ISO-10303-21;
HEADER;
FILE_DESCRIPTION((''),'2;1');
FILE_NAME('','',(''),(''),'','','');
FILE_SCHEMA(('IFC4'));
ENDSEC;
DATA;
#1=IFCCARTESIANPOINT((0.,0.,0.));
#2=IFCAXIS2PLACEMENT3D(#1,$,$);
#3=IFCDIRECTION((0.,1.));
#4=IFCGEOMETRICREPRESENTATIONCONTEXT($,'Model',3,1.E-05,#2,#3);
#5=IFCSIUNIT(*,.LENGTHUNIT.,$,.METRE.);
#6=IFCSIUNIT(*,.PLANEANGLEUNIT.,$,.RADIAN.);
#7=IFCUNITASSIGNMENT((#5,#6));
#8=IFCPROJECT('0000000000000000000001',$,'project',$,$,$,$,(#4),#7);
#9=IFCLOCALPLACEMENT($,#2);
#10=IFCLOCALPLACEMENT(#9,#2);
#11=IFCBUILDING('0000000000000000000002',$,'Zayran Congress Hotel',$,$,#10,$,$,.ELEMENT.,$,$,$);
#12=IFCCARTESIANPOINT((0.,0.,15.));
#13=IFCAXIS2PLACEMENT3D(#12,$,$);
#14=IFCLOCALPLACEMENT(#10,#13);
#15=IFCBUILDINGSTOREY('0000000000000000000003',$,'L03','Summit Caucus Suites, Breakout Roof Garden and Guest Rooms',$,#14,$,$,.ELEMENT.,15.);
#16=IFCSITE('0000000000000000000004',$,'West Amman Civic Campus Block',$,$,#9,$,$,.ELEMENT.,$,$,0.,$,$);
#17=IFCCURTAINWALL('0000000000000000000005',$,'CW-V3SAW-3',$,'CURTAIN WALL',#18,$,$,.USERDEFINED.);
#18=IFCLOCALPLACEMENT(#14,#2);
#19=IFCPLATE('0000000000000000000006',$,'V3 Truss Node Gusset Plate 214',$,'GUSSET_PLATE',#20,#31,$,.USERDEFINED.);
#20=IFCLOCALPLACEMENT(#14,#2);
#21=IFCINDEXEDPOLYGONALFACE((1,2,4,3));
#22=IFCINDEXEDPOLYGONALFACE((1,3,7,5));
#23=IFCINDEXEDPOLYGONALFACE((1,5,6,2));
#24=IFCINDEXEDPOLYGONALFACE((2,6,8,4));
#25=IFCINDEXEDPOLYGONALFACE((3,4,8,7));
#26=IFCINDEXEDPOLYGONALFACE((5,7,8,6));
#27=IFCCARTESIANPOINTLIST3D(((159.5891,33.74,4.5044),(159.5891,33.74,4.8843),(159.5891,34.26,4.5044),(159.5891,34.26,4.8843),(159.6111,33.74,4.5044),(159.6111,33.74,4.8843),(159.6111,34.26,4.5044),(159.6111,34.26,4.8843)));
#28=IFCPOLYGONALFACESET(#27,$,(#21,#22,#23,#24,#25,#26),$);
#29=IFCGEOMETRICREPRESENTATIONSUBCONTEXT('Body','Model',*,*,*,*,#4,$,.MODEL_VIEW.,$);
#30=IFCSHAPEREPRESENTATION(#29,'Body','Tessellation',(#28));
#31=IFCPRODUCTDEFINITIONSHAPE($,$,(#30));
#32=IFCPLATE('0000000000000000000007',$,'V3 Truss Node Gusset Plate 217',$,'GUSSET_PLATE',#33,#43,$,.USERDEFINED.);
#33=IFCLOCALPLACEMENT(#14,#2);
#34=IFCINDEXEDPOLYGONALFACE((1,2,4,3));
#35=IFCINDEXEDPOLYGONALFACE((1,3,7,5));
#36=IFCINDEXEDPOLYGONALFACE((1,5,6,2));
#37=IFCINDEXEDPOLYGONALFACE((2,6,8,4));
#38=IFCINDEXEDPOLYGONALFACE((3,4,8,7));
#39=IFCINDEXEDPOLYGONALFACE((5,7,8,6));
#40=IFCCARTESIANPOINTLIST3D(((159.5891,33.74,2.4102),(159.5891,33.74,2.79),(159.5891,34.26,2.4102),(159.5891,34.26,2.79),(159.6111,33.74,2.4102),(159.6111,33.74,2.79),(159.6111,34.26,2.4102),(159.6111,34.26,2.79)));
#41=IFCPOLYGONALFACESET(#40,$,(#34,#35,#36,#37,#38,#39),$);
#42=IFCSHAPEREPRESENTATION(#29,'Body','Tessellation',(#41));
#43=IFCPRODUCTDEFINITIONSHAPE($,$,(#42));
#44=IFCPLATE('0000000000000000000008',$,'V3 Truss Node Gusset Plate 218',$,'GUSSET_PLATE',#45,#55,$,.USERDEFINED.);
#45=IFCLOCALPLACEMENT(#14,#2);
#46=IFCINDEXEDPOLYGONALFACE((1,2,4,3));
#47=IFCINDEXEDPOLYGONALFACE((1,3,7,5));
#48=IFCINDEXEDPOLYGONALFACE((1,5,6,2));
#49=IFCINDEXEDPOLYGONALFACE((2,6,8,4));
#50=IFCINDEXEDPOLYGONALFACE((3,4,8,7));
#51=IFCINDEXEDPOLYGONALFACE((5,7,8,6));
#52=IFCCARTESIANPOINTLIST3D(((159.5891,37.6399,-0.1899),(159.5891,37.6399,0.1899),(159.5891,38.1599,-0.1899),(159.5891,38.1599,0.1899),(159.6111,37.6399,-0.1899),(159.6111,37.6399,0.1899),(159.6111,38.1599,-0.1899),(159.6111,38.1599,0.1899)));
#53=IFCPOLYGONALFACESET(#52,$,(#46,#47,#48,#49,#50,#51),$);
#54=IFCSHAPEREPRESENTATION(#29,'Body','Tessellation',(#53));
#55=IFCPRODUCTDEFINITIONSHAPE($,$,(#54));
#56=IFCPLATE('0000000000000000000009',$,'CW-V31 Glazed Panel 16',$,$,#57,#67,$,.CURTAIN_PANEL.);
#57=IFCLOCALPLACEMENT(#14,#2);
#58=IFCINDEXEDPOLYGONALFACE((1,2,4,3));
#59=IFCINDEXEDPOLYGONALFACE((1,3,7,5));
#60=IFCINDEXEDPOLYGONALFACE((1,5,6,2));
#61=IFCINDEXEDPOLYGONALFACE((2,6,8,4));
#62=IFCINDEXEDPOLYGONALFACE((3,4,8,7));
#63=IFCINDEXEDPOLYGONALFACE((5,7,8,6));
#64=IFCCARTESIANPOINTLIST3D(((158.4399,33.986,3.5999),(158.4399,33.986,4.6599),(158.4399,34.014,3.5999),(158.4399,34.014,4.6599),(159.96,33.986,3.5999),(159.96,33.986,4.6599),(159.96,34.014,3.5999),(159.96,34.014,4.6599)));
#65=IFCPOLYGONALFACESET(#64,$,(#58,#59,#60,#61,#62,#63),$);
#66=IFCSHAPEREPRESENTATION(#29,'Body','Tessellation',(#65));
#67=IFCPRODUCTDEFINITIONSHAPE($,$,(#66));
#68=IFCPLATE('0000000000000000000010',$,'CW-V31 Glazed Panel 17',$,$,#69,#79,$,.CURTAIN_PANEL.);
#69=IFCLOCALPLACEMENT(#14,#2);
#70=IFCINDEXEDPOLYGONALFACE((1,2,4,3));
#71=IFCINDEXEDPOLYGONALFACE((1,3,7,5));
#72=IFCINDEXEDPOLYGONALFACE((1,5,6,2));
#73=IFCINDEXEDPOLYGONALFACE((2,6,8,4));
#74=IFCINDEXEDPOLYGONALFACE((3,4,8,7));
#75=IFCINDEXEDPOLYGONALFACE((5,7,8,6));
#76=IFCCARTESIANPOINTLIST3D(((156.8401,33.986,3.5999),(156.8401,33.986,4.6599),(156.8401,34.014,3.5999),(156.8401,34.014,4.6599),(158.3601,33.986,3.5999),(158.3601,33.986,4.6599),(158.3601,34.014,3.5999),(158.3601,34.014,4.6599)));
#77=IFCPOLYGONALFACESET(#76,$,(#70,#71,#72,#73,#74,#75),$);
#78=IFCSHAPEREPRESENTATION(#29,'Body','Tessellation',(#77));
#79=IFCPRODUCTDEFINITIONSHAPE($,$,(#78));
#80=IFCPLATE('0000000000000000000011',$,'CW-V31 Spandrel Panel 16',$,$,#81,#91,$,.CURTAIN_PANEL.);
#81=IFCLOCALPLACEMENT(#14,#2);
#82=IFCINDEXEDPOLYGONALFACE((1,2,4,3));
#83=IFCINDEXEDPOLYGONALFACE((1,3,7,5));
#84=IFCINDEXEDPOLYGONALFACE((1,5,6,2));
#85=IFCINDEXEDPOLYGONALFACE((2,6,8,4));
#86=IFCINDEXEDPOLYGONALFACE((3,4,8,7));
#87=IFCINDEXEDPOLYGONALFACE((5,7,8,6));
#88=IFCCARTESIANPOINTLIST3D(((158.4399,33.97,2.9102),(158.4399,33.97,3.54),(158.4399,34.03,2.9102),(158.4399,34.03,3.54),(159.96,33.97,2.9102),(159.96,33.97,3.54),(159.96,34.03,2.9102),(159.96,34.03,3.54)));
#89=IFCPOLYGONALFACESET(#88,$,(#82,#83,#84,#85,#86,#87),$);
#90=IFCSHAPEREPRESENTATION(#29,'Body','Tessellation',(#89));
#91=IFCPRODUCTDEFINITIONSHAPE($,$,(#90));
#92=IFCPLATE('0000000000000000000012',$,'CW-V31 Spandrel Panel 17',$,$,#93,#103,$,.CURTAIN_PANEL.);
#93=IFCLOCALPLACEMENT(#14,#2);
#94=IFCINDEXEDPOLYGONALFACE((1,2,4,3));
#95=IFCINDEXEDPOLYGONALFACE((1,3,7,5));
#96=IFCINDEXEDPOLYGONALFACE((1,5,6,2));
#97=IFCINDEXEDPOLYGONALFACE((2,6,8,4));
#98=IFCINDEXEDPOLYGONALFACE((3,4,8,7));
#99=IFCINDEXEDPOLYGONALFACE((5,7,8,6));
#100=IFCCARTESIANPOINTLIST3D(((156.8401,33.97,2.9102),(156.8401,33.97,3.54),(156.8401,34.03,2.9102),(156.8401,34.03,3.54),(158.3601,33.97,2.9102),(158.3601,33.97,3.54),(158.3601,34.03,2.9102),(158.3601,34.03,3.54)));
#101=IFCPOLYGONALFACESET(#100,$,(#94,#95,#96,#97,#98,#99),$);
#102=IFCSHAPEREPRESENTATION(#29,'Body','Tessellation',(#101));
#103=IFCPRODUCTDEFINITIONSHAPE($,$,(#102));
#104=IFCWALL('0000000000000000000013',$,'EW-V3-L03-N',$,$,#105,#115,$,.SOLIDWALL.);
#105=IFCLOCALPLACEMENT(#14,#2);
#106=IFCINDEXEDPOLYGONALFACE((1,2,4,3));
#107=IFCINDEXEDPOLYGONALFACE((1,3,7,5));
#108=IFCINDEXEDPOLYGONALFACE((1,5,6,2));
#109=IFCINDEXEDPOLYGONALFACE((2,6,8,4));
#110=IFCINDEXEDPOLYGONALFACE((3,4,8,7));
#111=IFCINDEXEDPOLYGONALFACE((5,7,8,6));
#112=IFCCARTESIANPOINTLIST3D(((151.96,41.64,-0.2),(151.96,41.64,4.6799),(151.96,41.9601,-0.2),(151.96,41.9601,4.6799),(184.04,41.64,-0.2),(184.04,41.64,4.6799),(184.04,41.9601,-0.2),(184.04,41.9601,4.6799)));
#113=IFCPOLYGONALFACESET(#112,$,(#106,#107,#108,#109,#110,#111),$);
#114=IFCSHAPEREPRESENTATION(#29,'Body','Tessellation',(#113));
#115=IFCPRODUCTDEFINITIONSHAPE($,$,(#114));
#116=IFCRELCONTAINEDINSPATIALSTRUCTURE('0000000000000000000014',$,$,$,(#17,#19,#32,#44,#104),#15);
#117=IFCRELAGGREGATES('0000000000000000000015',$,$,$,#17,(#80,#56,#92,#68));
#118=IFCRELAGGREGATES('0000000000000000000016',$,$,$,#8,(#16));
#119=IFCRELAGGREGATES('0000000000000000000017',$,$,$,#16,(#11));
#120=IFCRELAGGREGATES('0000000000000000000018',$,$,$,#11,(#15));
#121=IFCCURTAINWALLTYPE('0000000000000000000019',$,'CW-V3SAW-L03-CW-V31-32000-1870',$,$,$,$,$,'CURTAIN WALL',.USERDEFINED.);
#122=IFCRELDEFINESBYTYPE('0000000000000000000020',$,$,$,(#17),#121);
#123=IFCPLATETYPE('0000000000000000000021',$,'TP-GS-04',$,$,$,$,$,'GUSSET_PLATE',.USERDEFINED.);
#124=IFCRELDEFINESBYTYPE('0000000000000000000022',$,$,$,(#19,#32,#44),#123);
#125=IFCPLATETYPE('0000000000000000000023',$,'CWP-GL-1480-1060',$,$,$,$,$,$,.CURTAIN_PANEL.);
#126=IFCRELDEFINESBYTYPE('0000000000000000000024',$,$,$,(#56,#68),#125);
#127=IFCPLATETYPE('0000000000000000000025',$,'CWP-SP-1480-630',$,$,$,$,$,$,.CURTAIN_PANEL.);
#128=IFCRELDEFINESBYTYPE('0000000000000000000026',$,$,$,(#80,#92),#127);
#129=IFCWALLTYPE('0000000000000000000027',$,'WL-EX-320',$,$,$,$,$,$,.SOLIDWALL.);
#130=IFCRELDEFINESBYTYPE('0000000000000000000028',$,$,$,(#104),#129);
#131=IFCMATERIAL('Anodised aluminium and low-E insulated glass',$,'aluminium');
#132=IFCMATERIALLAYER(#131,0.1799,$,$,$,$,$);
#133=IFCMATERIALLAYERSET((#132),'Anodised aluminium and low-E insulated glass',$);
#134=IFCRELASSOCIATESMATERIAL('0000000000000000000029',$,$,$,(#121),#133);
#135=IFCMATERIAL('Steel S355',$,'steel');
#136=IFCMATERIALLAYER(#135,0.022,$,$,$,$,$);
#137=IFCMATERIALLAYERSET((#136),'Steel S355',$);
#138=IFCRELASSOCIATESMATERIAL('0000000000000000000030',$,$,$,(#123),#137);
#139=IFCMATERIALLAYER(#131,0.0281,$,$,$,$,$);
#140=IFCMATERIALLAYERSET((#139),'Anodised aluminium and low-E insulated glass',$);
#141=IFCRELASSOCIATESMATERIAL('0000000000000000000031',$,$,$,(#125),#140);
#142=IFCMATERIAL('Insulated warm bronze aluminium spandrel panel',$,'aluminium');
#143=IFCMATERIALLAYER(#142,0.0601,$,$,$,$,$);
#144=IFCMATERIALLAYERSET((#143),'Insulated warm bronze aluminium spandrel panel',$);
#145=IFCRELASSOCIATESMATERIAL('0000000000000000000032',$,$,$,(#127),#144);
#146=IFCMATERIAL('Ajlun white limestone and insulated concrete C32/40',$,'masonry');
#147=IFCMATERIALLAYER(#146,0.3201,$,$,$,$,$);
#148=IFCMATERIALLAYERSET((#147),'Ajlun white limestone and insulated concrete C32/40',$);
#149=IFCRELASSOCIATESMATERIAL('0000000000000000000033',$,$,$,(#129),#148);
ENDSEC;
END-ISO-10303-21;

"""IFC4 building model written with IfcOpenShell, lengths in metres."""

from ifc_helpers import new_model, si_unit, direction, frame, frame_2d, origin, origin_2d, place, context, subcontext, project, spatial, rectangle, extrude, material, layer, layer_set, type_object, element, aggregate, save


model = new_model("IFC4")

# Units and contexts
model_context = context("Model", 3, precision=1e-05, world=origin(), true_north=direction((0.0, 1.0)))
body_context = subcontext(model_context, "Body", "Model", "MODEL_VIEW")
ifc_project = project(units=[si_unit("LENGTHUNIT", "METRE"), si_unit("PLANEANGLEUNIT", "RADIAN")], contexts=[model_context])

# Site, building, storey
site_placement = place(None, origin())
site = spatial("IfcSite", under=ifc_project, at=site_placement, Name="West Amman Civic Campus Block", CompositionType="ELEMENT", RefElevation=0.0)
building_placement = place(site_placement, origin())
building = spatial("IfcBuilding", under=site, at=building_placement, Name="Zayran Congress Hotel", CompositionType="ELEMENT")
storey_placement = place(building_placement, frame((0.0, 0.0, 15.0)))
storey = spatial("IfcBuildingStorey", under=building, at=storey_placement, Name="L03", Description="Summit Caucus Suites, Breakout Roof Garden and Guest Rooms", CompositionType="ELEMENT", Elevation=15.0)

# Shared definitions
ifc_material_1 = material(Name="Steel S355", Category="steel")

# Curtain wall
ifc_material_2 = material(Name="Anodised aluminium and low-E insulated glass", Category="aluminium")
ifc_layer_1 = layer(ifc_material_2, 0.1799)
ifc_layer_set_1 = layer_set([ifc_layer_1], Name="Anodised aluminium and low-E insulated glass")
curtain_wall_type = type_object("IfcCurtainWallType", Name="CW-V3SAW-L03-CW-V31-32000-1870", ElementType="CURTAIN WALL", PredefinedType="USERDEFINED", material=ifc_layer_set_1)
curtain_wall_placement = place(storey_placement, origin())
curtain_wall = element("IfcCurtainWall", 1, at=curtain_wall_placement, inside=storey, type_object=curtain_wall_type, Name="CW-V3SAW-3", ObjectType="CURTAIN WALL", PredefinedType="USERDEFINED")

# Plates
ifc_layer_2 = layer(ifc_material_1, 0.022)
ifc_layer_set_2 = layer_set([ifc_layer_2], Name="Steel S355")
plate_type_1 = type_object("IfcPlateType", Name="TP-GS-04", ElementType="GUSSET_PLATE", PredefinedType="USERDEFINED", material=ifc_layer_set_2)
for number, where, z_axis, x_axis, name in (
    (2, (159.6001, 34.0, 4.5044), (0.0, 0.0, 1.0), (0.0, 1.0, 0.0), "V3 Truss Node Gusset Plate 214"),
    (3, (159.6001, 34.0, 2.4102), (0.0, 0.0, 1.0), (0.0, 1.0, 0.0), "V3 Truss Node Gusset Plate 217"),
    (4, (159.6001, 37.8999, -0.1899), (0.0, 0.0, 1.0), (0.0, 1.0, 0.0), "V3 Truss Node Gusset Plate 218"),
):
    element("IfcPlate", number, at=place(storey_placement, frame(where, z_axis=z_axis, x_axis=x_axis)), inside=storey, type_object=plate_type_1, Name=name, ObjectType="GUSSET_PLATE", PredefinedType="USERDEFINED", context=body_context, shape_type="SweptSolid", body=[
        extrude(rectangle(XDim=0.52, YDim=0.022, at=origin_2d()), origin(), (0.0, 0.0, 1.0), 0.3799),
    ])

# Plates
ifc_layer_3 = layer(ifc_material_2, 0.0281)
ifc_layer_set_3 = layer_set([ifc_layer_3], Name="Anodised aluminium and low-E insulated glass")
plate_type_2 = type_object("IfcPlateType", Name="CWP-GL-1480-1060", PredefinedType="CURTAIN_PANEL", material=ifc_layer_set_3)
plate_1_placement = place(storey_placement, frame((159.2, 34.0, 3.5999), z_axis=(0.0, 0.0, 1.0), x_axis=(1.0, 0.0, 0.0)))
plate_1 = element("IfcPlate", 5, at=plate_1_placement, type_object=plate_type_2, Name="CW-V31 Glazed Panel 16", PredefinedType="CURTAIN_PANEL", context=body_context, shape_type="SweptSolid", body=[
    extrude(rectangle(XDim=1.52, YDim=0.0281, at=origin_2d()), origin(), (0.0, 0.0, 1.0), 1.0601),
])
plate_2_placement = place(storey_placement, frame((157.6001, 34.0, 3.5999), z_axis=(0.0, 0.0, 1.0), x_axis=(1.0, 0.0, 0.0)))
plate_2 = element("IfcPlate", 6, at=plate_2_placement, type_object=plate_type_2, Name="CW-V31 Glazed Panel 17", PredefinedType="CURTAIN_PANEL", context=body_context, shape_type="SweptSolid", body=[
    extrude(rectangle(XDim=1.52, YDim=0.0281, at=origin_2d()), origin(), (0.0, 0.0, 1.0), 1.0601),
])
ifc_material_3 = material(Name="Insulated warm bronze aluminium spandrel panel", Category="aluminium")
ifc_layer_4 = layer(ifc_material_3, 0.0601)
ifc_layer_set_4 = layer_set([ifc_layer_4], Name="Insulated warm bronze aluminium spandrel panel")
plate_type_3 = type_object("IfcPlateType", Name="CWP-SP-1480-630", PredefinedType="CURTAIN_PANEL", material=ifc_layer_set_4)
plate_3_placement = place(storey_placement, frame((159.2, 34.0, 2.9102), z_axis=(0.0, 0.0, 1.0), x_axis=(1.0, 0.0, 0.0)))
plate_3 = element("IfcPlate", 7, at=plate_3_placement, type_object=plate_type_3, Name="CW-V31 Spandrel Panel 16", PredefinedType="CURTAIN_PANEL", context=body_context, shape_type="SweptSolid", body=[
    extrude(rectangle(XDim=1.52, YDim=0.0601, at=origin_2d()), origin(), (0.0, 0.0, 1.0), 0.6299),
])
plate_4_placement = place(storey_placement, frame((157.6001, 34.0, 2.9102), z_axis=(0.0, 0.0, 1.0), x_axis=(1.0, 0.0, 0.0)))
plate_4 = element("IfcPlate", 8, at=plate_4_placement, type_object=plate_type_3, Name="CW-V31 Spandrel Panel 17", PredefinedType="CURTAIN_PANEL", context=body_context, shape_type="SweptSolid", body=[
    extrude(rectangle(XDim=1.52, YDim=0.0601, at=origin_2d()), origin(), (0.0, 0.0, 1.0), 0.6299),
])
aggregate(curtain_wall, [plate_3, plate_1, plate_4, plate_2])

# Wall
ifc_material_4 = material(Name="Ajlun white limestone and insulated concrete C32/40", Category="masonry")
ifc_layer_5 = layer(ifc_material_4, 0.3201)
ifc_layer_set_5 = layer_set([ifc_layer_5], Name="Ajlun white limestone and insulated concrete C32/40")
wall_type = type_object("IfcWallType", Name="WL-EX-320", PredefinedType="SOLIDWALL", material=ifc_layer_set_5)
wall_placement = place(storey_placement, frame((151.96, 41.8, -0.2), z_axis=(0.0, 0.0, 1.0), x_axis=(1.0, 0.0, 0.0)))
element("IfcWall", 9, at=wall_placement, inside=storey, type_object=wall_type, Name="EW-V3-L03-N", PredefinedType="SOLIDWALL", context=body_context, shape_type="SweptSolid", body=[
    extrude(rectangle(XDim=32.0801, YDim=0.3201, at=frame_2d((16.04, 0.0))), origin(), (0.0, 0.0, 1.0), 4.8799),
])

save(model, "model.ifc")
